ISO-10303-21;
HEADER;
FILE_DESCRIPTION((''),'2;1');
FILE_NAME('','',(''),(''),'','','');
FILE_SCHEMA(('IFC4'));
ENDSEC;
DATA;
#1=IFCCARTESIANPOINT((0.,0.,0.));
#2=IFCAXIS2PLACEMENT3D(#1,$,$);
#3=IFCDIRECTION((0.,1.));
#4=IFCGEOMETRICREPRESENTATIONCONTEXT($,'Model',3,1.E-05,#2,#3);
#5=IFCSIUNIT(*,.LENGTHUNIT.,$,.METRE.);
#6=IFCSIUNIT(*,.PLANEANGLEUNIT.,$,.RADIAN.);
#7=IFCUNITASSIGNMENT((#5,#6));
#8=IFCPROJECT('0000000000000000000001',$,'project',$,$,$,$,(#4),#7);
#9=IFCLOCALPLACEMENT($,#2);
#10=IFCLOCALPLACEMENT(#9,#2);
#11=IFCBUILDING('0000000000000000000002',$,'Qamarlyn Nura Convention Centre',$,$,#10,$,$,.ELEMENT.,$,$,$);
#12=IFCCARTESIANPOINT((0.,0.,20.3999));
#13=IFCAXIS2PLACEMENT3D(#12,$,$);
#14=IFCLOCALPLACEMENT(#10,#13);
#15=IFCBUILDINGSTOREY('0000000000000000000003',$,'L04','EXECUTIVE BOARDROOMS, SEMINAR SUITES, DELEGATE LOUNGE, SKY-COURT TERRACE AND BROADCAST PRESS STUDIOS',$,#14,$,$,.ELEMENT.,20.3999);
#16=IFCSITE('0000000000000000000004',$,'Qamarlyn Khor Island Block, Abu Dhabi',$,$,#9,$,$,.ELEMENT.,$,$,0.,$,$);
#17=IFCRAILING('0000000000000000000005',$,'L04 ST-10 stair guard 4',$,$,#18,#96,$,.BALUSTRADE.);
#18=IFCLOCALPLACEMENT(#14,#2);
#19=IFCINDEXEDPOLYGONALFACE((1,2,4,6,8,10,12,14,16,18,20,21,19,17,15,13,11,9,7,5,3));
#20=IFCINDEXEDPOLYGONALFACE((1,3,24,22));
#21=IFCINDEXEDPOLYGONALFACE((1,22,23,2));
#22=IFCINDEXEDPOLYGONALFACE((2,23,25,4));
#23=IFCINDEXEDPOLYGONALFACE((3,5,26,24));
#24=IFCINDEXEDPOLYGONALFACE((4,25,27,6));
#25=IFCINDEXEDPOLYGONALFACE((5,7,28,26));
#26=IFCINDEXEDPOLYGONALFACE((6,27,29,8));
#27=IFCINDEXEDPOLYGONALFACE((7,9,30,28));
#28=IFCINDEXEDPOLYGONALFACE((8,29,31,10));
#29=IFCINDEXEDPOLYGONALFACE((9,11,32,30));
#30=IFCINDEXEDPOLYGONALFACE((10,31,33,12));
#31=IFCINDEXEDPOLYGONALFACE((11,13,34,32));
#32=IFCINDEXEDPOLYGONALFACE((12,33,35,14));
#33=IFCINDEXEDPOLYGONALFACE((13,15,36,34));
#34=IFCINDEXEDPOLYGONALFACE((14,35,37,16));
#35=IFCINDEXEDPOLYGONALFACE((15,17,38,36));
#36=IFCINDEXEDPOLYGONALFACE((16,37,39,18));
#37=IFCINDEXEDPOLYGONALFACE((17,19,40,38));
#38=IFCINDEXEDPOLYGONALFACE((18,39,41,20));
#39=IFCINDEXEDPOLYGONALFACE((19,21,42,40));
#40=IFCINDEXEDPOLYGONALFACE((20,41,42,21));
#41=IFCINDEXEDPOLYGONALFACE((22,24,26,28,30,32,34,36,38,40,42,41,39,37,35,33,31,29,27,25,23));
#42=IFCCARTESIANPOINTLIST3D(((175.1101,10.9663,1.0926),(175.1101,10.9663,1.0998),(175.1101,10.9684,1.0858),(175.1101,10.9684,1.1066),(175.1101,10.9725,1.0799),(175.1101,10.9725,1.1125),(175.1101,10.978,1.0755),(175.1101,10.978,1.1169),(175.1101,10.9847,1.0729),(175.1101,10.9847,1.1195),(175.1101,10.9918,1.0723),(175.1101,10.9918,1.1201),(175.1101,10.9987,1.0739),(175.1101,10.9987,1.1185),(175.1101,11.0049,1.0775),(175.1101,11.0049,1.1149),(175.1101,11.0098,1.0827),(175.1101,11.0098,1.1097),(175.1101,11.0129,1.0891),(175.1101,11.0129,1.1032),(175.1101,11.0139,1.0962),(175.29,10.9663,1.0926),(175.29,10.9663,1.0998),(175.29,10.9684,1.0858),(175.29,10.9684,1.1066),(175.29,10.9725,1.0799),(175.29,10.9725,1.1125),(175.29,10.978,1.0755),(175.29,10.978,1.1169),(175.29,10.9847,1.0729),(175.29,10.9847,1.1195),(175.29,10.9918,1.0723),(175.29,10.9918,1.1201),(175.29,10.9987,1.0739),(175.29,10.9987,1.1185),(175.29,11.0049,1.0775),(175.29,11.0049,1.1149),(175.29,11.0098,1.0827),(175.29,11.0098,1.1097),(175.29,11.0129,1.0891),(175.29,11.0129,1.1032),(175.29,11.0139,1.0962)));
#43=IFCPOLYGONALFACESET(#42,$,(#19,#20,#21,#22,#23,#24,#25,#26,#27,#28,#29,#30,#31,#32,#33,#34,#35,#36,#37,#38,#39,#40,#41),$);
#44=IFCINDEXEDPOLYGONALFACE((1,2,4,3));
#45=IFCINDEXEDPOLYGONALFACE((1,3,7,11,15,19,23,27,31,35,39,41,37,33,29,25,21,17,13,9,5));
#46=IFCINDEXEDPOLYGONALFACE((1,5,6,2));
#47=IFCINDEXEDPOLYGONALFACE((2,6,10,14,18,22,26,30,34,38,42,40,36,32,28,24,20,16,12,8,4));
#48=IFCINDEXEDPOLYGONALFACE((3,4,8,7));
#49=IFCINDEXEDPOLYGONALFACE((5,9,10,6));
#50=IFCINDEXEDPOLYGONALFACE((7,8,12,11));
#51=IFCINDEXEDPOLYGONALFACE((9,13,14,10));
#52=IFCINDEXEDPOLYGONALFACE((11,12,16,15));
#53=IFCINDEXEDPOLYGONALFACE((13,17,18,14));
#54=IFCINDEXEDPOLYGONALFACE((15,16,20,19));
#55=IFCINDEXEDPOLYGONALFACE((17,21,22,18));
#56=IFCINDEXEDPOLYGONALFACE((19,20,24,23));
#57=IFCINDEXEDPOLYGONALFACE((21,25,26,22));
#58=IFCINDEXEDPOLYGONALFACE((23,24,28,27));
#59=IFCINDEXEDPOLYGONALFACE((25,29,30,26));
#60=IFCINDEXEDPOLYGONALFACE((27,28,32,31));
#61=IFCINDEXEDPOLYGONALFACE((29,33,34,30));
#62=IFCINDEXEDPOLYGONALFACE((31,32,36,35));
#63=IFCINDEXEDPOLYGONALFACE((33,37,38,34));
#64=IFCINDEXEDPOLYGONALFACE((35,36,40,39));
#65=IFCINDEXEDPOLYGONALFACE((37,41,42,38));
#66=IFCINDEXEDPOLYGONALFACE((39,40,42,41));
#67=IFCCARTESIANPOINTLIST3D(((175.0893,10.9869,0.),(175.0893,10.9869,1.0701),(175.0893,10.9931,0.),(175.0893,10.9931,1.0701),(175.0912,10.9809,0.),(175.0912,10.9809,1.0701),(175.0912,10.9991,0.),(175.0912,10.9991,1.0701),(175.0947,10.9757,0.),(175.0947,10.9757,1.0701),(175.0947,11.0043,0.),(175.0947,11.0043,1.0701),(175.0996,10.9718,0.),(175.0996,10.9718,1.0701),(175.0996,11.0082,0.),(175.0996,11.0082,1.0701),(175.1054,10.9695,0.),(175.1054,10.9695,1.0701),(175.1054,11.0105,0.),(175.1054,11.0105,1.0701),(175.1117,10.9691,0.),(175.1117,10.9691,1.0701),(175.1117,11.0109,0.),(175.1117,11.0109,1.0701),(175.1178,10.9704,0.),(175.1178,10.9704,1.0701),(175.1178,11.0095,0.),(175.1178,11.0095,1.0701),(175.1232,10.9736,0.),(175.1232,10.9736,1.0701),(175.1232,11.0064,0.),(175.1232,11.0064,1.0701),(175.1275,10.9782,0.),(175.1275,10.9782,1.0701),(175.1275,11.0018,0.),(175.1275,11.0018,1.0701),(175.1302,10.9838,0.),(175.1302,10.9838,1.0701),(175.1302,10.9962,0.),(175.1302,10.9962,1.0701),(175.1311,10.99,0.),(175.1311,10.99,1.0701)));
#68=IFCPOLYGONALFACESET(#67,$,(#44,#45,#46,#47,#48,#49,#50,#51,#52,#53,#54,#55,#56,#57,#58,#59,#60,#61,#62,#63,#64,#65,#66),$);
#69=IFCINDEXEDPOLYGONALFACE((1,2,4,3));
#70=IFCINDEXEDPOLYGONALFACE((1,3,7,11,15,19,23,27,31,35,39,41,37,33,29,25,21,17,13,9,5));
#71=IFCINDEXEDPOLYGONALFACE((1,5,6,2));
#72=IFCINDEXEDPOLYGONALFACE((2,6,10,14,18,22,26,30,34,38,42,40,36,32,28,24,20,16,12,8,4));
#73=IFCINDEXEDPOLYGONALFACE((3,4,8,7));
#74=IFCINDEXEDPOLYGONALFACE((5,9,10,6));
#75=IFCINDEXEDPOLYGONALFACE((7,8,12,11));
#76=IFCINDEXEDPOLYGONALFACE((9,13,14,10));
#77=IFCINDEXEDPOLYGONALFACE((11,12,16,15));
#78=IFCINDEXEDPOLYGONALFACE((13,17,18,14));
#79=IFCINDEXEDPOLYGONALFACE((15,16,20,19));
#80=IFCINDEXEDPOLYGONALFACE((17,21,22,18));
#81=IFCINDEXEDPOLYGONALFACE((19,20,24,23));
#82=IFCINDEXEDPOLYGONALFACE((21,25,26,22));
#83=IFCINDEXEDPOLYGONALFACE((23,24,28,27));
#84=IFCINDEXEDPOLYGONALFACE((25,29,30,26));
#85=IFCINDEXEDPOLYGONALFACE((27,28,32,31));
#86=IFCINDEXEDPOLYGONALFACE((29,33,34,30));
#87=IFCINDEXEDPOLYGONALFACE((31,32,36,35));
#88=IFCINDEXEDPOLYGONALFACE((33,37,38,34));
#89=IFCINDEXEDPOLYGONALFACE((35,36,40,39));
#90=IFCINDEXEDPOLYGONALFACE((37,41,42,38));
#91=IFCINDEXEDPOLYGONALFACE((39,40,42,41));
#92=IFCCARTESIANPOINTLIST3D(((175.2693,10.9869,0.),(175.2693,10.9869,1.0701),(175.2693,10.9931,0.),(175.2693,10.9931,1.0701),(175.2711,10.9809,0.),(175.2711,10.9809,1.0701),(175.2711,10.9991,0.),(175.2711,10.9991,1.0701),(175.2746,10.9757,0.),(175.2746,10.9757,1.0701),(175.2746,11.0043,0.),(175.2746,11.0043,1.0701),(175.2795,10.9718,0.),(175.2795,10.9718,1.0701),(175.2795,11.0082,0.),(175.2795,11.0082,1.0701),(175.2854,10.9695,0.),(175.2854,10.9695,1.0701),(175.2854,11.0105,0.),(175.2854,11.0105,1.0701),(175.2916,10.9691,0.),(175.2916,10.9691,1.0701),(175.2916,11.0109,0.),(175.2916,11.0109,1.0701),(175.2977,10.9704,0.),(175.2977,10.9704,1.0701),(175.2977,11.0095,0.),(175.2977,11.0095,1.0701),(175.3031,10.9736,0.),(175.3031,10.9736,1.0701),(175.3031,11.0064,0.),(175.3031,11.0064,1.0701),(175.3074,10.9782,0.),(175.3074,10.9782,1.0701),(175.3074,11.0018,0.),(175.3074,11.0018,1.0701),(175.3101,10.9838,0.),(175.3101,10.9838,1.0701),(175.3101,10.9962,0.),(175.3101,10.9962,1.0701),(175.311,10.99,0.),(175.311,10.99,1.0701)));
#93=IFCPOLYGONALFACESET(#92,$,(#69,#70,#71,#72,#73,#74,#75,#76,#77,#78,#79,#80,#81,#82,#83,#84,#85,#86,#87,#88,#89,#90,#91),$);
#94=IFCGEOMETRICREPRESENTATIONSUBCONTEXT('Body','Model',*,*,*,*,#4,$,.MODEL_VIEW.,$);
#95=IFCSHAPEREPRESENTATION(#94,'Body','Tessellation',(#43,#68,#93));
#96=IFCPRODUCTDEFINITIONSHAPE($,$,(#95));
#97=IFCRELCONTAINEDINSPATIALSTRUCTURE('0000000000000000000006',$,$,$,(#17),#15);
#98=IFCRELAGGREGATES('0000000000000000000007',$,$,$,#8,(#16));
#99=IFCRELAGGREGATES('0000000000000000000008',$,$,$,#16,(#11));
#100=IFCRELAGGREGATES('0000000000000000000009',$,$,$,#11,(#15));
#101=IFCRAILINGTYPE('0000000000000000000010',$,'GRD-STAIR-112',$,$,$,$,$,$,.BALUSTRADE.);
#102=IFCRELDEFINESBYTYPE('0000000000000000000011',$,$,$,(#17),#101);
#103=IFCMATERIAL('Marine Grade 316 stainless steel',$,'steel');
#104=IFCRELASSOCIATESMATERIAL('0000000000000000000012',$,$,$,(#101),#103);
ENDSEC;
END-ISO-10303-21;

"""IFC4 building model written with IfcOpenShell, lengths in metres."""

from ifc_helpers import new_model, si_unit, direction, frame, origin, origin_2d, place, context, subcontext, project, spatial, circle, extrude, material, type_object, element, save


model = new_model("IFC4")

# Units and contexts
model_context = context("Model", 3, precision=1e-05, world=origin(), true_north=direction((0.0, 1.0)))
body_context = subcontext(model_context, "Body", "Model", "MODEL_VIEW")
ifc_project = project(units=[si_unit("LENGTHUNIT", "METRE"), si_unit("PLANEANGLEUNIT", "RADIAN")], contexts=[model_context])

# Site, building, storey
site_placement = place(None, origin())
site = spatial("IfcSite", under=ifc_project, at=site_placement, Name="Qamarlyn Khor Island Block, Abu Dhabi", CompositionType="ELEMENT", RefElevation=0.0)
building_placement = place(site_placement, origin())
building = spatial("IfcBuilding", under=site, at=building_placement, Name="Qamarlyn Nura Convention Centre", CompositionType="ELEMENT")
storey_placement = place(building_placement, frame((0.0, 0.0, 20.3999)))
storey = spatial("IfcBuildingStorey", under=building, at=storey_placement, Name="L04", Description="EXECUTIVE BOARDROOMS, SEMINAR SUITES, DELEGATE LOUNGE, SKY-COURT TERRACE AND BROADCAST PRESS STUDIOS", CompositionType="ELEMENT", Elevation=20.3999)

# Railing
ifc_material_1 = material(Name="Marine Grade 316 stainless steel", Category="steel")
railing_type_1 = type_object("IfcRailingType", Name="GRD-STAIR-112", PredefinedType="BALUSTRADE", material=ifc_material_1)
railing_1_placement = place(storey_placement, frame((175.1101, 10.99, 0.0)))
element("IfcRailing", 1, at=railing_1_placement, inside=storey, type_object=railing_type_1, Name="L04 ST-10 stair guard 4", PredefinedType="BALUSTRADE", context=body_context, shape_type="SweptSolid", body=[
    extrude(circle(Radius=0.0239, at=origin_2d()), frame((0.0, 0.0, 1.0962), z_axis=(1.0, 0.0, 0.0), x_axis=(0.0, 1.0, 0.0)), (0.0, 0.0, 1.0), 0.1799),
    extrude(circle(Radius=0.021, at=origin_2d()), origin(), (0.0, 0.0, 1.0), 1.0701),
    extrude(circle(Radius=0.021, at=origin_2d()), frame((0.1799, 0.0, 0.0)), (0.0, 0.0, 1.0), 1.0701),
])

save(model, "model.ifc")
